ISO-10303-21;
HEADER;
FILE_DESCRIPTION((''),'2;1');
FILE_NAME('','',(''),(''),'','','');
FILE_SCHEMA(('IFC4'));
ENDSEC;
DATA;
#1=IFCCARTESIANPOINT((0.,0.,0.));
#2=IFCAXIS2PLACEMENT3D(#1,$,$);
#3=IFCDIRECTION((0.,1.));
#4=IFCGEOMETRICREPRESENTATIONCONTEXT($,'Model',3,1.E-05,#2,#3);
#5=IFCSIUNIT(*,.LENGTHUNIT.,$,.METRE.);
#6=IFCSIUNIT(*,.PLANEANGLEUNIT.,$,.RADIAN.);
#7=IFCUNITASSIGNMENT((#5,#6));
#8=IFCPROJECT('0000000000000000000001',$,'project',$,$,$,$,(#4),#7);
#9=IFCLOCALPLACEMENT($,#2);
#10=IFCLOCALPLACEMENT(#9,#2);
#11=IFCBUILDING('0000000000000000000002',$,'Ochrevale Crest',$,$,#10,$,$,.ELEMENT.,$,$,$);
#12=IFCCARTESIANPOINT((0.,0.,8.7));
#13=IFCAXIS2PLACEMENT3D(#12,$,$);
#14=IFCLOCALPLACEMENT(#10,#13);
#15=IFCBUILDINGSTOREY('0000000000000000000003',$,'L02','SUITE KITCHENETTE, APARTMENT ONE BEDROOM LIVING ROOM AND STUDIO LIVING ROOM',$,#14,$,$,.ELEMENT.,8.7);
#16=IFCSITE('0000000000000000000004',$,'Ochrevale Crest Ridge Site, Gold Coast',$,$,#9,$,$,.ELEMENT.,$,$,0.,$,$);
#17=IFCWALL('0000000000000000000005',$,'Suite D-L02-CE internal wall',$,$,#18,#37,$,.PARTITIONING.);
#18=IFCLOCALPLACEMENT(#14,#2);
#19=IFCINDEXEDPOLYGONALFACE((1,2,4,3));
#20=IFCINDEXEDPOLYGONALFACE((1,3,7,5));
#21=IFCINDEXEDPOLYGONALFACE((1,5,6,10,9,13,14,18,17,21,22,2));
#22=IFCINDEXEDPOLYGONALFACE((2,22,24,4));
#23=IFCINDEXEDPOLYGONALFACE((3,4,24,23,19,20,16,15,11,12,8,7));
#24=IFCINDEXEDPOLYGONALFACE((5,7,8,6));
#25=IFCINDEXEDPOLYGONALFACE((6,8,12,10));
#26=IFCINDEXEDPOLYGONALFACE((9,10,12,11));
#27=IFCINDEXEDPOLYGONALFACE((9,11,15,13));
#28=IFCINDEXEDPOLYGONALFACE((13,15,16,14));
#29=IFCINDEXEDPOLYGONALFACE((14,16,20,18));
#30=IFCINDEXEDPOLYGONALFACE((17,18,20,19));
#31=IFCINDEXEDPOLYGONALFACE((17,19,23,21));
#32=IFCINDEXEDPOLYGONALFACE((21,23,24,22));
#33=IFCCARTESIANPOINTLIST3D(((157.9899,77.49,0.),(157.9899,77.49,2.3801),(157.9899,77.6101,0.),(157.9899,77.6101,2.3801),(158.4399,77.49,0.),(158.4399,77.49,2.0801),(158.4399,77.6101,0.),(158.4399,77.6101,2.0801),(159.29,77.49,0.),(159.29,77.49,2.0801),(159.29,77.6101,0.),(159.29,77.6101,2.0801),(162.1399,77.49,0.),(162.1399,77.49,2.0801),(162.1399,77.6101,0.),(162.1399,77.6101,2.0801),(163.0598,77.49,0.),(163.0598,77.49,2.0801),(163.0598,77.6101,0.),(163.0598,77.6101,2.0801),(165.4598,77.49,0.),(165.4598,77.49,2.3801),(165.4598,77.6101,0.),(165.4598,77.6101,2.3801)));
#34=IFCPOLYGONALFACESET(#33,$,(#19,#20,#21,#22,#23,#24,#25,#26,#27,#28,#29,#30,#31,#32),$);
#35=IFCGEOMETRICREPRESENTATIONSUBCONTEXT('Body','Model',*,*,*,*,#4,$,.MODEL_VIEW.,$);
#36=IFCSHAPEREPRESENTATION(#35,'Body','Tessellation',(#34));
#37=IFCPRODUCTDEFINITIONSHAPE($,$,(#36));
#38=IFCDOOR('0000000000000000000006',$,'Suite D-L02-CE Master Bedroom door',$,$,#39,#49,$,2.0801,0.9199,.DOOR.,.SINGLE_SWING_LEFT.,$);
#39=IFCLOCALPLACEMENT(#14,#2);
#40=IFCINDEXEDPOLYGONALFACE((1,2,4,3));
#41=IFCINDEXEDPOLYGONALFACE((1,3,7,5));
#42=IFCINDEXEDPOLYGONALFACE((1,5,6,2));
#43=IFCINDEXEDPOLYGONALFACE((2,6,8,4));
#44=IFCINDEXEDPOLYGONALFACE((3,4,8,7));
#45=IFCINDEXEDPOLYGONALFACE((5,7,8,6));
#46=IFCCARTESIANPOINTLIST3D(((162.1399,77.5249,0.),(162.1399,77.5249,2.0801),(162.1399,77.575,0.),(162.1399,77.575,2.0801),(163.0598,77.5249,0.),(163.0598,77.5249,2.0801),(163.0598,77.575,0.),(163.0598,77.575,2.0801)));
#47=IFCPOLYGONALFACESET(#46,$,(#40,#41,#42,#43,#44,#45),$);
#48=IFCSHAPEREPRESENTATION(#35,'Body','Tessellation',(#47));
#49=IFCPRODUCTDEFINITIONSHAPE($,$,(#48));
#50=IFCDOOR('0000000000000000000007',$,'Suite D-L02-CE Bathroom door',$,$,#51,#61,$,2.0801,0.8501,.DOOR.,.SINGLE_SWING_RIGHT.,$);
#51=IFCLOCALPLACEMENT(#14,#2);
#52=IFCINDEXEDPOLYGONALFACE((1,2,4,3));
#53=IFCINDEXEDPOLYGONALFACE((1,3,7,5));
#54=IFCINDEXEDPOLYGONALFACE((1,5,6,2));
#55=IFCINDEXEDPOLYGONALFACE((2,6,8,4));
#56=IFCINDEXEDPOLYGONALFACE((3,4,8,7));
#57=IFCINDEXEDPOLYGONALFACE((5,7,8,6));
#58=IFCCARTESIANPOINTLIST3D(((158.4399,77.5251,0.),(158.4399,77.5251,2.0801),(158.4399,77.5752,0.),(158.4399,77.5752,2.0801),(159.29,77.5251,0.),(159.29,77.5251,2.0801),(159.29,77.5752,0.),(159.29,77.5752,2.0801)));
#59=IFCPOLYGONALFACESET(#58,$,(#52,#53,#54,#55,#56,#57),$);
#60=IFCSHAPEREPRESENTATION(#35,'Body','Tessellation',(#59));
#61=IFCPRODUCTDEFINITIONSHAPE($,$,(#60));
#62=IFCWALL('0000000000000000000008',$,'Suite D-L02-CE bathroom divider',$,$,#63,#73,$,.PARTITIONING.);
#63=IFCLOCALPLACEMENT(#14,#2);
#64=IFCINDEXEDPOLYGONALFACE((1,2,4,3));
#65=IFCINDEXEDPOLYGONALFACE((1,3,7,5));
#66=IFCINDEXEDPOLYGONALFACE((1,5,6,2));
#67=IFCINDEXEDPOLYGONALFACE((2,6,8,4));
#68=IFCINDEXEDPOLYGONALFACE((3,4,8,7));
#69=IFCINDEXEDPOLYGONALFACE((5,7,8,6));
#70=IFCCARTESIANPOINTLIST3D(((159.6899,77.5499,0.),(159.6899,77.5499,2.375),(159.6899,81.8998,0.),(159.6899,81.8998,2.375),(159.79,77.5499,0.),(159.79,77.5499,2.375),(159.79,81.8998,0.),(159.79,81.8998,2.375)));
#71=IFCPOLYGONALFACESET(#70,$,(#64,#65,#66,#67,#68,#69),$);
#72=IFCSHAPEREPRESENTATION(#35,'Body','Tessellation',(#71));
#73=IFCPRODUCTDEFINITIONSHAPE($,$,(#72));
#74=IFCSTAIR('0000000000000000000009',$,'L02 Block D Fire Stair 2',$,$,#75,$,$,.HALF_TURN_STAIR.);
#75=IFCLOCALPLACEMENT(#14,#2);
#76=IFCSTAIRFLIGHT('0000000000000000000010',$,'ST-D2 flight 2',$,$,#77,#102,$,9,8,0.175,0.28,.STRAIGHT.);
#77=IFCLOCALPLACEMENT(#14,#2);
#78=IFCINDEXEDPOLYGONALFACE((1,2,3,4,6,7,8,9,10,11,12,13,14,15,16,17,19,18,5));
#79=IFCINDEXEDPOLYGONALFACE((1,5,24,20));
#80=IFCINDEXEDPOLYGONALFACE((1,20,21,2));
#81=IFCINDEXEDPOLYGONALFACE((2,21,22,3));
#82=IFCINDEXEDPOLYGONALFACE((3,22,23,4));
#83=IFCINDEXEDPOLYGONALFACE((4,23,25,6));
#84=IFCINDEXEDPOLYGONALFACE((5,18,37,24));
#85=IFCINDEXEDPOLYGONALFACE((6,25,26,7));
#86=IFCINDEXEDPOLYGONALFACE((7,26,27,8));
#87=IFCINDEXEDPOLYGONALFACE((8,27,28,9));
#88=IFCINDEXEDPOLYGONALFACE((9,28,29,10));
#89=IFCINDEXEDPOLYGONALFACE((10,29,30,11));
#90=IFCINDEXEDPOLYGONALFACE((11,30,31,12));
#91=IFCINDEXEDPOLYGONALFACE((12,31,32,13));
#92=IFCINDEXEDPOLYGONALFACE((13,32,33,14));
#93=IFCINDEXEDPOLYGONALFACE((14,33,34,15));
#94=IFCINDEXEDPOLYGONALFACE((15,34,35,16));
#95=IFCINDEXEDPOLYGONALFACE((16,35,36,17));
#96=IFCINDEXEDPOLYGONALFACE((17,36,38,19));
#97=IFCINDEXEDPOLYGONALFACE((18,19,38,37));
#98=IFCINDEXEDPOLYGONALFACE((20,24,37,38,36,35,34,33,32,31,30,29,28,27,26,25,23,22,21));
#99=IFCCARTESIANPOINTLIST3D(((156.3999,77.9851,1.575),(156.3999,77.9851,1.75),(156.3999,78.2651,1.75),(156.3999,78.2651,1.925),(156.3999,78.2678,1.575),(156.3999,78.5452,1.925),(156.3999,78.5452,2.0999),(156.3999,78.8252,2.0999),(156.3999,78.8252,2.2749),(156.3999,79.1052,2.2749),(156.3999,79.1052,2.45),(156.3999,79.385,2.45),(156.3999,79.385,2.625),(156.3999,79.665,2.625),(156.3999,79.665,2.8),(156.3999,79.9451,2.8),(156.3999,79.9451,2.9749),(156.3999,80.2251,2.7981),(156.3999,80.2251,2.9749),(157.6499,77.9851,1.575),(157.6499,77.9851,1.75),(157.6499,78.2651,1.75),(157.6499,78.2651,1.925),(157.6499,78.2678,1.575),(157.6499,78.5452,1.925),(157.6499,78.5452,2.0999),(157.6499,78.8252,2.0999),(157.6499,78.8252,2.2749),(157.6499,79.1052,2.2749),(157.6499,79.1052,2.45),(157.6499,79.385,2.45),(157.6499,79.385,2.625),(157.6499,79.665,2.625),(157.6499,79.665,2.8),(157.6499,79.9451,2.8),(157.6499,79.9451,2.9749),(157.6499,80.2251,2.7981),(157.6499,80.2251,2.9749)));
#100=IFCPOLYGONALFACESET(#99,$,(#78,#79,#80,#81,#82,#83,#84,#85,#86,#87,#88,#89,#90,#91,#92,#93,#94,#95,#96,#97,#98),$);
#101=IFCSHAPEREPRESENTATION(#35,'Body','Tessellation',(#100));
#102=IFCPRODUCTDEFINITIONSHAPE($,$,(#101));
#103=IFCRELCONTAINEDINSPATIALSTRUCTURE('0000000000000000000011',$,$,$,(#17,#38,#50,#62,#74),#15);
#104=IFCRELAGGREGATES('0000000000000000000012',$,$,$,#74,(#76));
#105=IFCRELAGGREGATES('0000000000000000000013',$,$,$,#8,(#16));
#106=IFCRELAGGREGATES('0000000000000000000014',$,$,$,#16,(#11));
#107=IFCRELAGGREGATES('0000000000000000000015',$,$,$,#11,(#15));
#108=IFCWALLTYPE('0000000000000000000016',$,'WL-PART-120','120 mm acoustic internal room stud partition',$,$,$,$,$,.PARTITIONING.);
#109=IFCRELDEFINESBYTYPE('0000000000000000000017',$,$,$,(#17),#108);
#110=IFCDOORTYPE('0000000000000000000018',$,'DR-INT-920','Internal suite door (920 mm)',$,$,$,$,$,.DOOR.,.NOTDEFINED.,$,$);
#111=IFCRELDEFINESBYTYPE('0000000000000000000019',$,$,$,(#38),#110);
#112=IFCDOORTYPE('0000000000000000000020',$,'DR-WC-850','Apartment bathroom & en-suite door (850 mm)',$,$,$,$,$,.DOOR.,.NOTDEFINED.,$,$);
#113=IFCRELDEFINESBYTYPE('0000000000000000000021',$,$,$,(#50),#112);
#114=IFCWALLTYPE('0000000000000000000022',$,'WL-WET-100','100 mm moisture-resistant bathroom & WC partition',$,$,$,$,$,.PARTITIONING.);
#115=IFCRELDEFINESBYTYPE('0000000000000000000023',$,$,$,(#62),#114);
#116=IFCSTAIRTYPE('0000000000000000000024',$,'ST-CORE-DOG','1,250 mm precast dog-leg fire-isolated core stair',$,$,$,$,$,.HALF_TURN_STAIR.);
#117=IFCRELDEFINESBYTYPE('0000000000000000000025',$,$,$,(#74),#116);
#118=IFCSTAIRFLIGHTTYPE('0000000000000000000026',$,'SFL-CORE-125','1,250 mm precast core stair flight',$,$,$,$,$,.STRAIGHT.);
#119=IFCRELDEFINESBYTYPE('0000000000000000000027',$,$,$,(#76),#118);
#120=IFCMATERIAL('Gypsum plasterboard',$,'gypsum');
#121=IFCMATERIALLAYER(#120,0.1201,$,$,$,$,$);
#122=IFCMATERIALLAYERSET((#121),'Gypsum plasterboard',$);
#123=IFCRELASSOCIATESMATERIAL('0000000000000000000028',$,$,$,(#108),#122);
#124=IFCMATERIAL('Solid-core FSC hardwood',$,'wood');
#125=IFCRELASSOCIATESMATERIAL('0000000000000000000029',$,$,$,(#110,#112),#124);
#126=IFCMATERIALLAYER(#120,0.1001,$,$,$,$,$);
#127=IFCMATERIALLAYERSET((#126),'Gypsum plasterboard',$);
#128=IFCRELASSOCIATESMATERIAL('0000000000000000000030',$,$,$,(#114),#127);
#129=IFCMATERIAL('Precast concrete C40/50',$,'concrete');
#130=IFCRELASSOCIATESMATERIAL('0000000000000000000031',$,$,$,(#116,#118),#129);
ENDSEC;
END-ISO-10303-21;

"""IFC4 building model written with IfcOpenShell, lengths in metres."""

from ifc_helpers import new_model, si_unit, direction, frame, frame_2d, origin, place, context, subcontext, project, spatial, polyline, rectangle, outline, extrude, material, layer, layer_set, type_object, element, fill, aggregate, save


model = new_model("IFC4")

# Units and contexts
model_context = context("Model", 3, precision=1e-05, world=origin(), true_north=direction((0.0, 1.0)))
body_context = subcontext(model_context, "Body", "Model", "MODEL_VIEW")
ifc_project = project(units=[si_unit("LENGTHUNIT", "METRE"), si_unit("PLANEANGLEUNIT", "RADIAN")], contexts=[model_context])

# Site, building, storey
site_placement = place(None, origin())
site = spatial("IfcSite", under=ifc_project, at=site_placement, Name="Ochrevale Crest Ridge Site, Gold Coast", CompositionType="ELEMENT", RefElevation=0.0)
building_placement = place(site_placement, origin())
building = spatial("IfcBuilding", under=site, at=building_placement, Name="Ochrevale Crest", CompositionType="ELEMENT")
storey_placement = place(building_placement, frame((0.0, 0.0, 8.7)))
storey = spatial("IfcBuildingStorey", under=building, at=storey_placement, Name="L02", Description="SUITE KITCHENETTE, APARTMENT ONE BEDROOM LIVING ROOM AND STUDIO LIVING ROOM", CompositionType="ELEMENT", Elevation=8.7)

# Shared definitions
ifc_material_1 = material(Name="Precast concrete C40/50", Category="concrete")

# Wall, openings, doors
ifc_material_2 = material(Name="Gypsum plasterboard", Category="gypsum")
ifc_layer_1 = layer(ifc_material_2, 0.1201)
ifc_layer_set_1 = layer_set([ifc_layer_1], Name="Gypsum plasterboard")
wall_type_1 = type_object("IfcWallType", Name="WL-PART-120", Description="120 mm acoustic internal room stud partition", PredefinedType="PARTITIONING", material=ifc_layer_set_1)
wall_1_placement = place(storey_placement, frame((157.99, 77.55, 0.0), z_axis=(0.0, 0.0, 1.0), x_axis=(1.0, 0.0, 0.0)))
wall_1 = element("IfcWall", 1, at=wall_1_placement, inside=storey, type_object=wall_type_1, Name="Suite D-L02-CE internal wall", PredefinedType="PARTITIONING", context=body_context, shape_type="SweptSolid", body=[
    extrude(rectangle(XDim=7.47, YDim=0.1201, at=frame_2d((3.7349, 0.0))), origin(), (0.0, 0.0, 1.0), 2.3801),
])
opening_1_placement = place(wall_1_placement, frame((1.3, 0.0, 0.0), z_axis=(0.0, 0.0, 1.0), x_axis=(-1.0, 0.0, 0.0)))
opening_1 = element("IfcOpeningElement", 2, at=opening_1_placement, cuts=wall_1, PredefinedType="OPENING", context=body_context, shape_type="SweptSolid", body=[
    extrude(rectangle(XDim=0.8501, YDim=2.0801, at=frame_2d((0.425, 1.04))), frame((0.0, 0.0701, 0.0), z_axis=(0.0, -1.0, 0.0), x_axis=(1.0, 0.0, 0.0)), (0.0, 0.0, 1.0), 0.1401),
])
opening_2_placement = place(wall_1_placement, frame((4.1499, 0.0, 0.0)))
opening_2 = element("IfcOpeningElement", 3, at=opening_2_placement, cuts=wall_1, PredefinedType="OPENING", context=body_context, shape_type="SweptSolid", body=[
    extrude(rectangle(XDim=0.9199, YDim=2.0801, at=frame_2d((0.46, 1.04))), frame((0.0, 0.0701, 0.0), z_axis=(0.0, -1.0, 0.0), x_axis=(1.0, 0.0, 0.0)), (0.0, 0.0, 1.0), 0.1401),
])
ifc_material_3 = material(Name="Solid-core FSC hardwood", Category="wood")
door_type_1 = type_object("IfcDoorType", Name="DR-INT-920", Description="Internal suite door (920 mm)", OperationType="NOTDEFINED", PredefinedType="DOOR", material=ifc_material_3)
door_1_placement = place(opening_2_placement, origin())
door_1 = element("IfcDoor", 4, at=door_1_placement, inside=storey, type_object=door_type_1, Name="Suite D-L02-CE Master Bedroom door", OperationType="SINGLE_SWING_LEFT", OverallHeight=2.0801, OverallWidth=0.9199, PredefinedType="DOOR", context=body_context, shape_type="SweptSolid", body=[
    extrude(rectangle(XDim=0.9199, YDim=2.0801, at=frame_2d((0.46, 1.04))), frame((0.0, 0.0249, 0.0), z_axis=(0.0, -1.0, 0.0), x_axis=(1.0, 0.0, 0.0)), (0.0, 0.0, 1.0), 0.05),
])
fill(opening_2, door_1)
door_type_2 = type_object("IfcDoorType", Name="DR-WC-850", Description="Apartment bathroom & en-suite door (850 mm)", OperationType="NOTDEFINED", PredefinedType="DOOR", material=ifc_material_3)
door_2_placement = place(opening_1_placement, origin())
door_2 = element("IfcDoor", 5, at=door_2_placement, inside=storey, type_object=door_type_2, Name="Suite D-L02-CE Bathroom door", OperationType="SINGLE_SWING_RIGHT", OverallHeight=2.0801, OverallWidth=0.8501, PredefinedType="DOOR", context=body_context, shape_type="SweptSolid", body=[
    extrude(rectangle(XDim=0.8501, YDim=2.0801, at=frame_2d((0.425, 1.04))), frame((0.0, 0.0249, 0.0), z_axis=(0.0, -1.0, 0.0), x_axis=(1.0, 0.0, 0.0)), (0.0, 0.0, 1.0), 0.05),
])
fill(opening_1, door_2)

# Wall
ifc_layer_2 = layer(ifc_material_2, 0.1001)
ifc_layer_set_2 = layer_set([ifc_layer_2], Name="Gypsum plasterboard")
wall_type_2 = type_object("IfcWallType", Name="WL-WET-100", Description="100 mm moisture-resistant bathroom & WC partition", PredefinedType="PARTITIONING", material=ifc_layer_set_2)
wall_2_placement = place(storey_placement, frame((159.74, 77.55, 0.0), z_axis=(0.0, 0.0, 1.0), x_axis=(0.0, 1.0, 0.0)))
element("IfcWall", 6, at=wall_2_placement, inside=storey, type_object=wall_type_2, Name="Suite D-L02-CE bathroom divider", PredefinedType="PARTITIONING", context=body_context, shape_type="SweptSolid", body=[
    extrude(rectangle(XDim=4.3499, YDim=0.1001, at=frame_2d((2.1748, 0.0))), origin(), (0.0, 0.0, 1.0), 2.375),
])

# Stair, stair flight
stair_type = type_object("IfcStairType", Name="ST-CORE-DOG", Description="1,250 mm precast dog-leg fire-isolated core stair", PredefinedType="HALF_TURN_STAIR", material=ifc_material_1)
stair_placement = place(storey_placement, origin())
stair = element("IfcStair", 7, at=stair_placement, inside=storey, type_object=stair_type, Name="L02 Block D Fire Stair 2", PredefinedType="HALF_TURN_STAIR")
stair_flight_type = type_object("IfcStairFlightType", Name="SFL-CORE-125", Description="1,250 mm precast core stair flight", PredefinedType="STRAIGHT", material=ifc_material_1)
stair_flight_placement = place(storey_placement, frame((157.0249, 77.9851, 1.575), z_axis=(0.0, 0.0, 1.0), x_axis=(0.0, 1.0, 0.0)))
stair_flight = element("IfcStairFlight", 8, at=stair_flight_placement, type_object=stair_flight_type, Name="ST-D2 flight 2", NumberOfRisers=9, NumberOfTreads=8, PredefinedType="STRAIGHT", RiserHeight=0.175, TreadLength=0.28, context=body_context, shape_type="SweptSolid", body=[
    extrude(outline(polyline([(0.0, 0.0), (0.0, 0.175), (0.28, 0.175), (0.28, 0.3501), (0.5601, 0.3501), (0.5601, 0.5249), (0.8401, 0.5249), (0.8401, 0.7), (1.1201, 0.7), (1.1201, 0.875), (1.3999, 0.875), (1.3999, 1.05), (1.6799, 1.05), (1.6799, 1.2251), (1.96, 1.2251), (1.96, 1.3999), (2.24, 1.3999), (2.24, 1.575), (2.24, 1.2231), (0.2827, 0.0), (0.0, 0.0)])), frame((0.0, 0.625, 0.0), z_axis=(0.0, -1.0, 0.0), x_axis=(1.0, 0.0, 0.0)), (0.0, 0.0, 1.0), 1.25),
])
aggregate(stair, [stair_flight])

save(model, "model.ifc")
